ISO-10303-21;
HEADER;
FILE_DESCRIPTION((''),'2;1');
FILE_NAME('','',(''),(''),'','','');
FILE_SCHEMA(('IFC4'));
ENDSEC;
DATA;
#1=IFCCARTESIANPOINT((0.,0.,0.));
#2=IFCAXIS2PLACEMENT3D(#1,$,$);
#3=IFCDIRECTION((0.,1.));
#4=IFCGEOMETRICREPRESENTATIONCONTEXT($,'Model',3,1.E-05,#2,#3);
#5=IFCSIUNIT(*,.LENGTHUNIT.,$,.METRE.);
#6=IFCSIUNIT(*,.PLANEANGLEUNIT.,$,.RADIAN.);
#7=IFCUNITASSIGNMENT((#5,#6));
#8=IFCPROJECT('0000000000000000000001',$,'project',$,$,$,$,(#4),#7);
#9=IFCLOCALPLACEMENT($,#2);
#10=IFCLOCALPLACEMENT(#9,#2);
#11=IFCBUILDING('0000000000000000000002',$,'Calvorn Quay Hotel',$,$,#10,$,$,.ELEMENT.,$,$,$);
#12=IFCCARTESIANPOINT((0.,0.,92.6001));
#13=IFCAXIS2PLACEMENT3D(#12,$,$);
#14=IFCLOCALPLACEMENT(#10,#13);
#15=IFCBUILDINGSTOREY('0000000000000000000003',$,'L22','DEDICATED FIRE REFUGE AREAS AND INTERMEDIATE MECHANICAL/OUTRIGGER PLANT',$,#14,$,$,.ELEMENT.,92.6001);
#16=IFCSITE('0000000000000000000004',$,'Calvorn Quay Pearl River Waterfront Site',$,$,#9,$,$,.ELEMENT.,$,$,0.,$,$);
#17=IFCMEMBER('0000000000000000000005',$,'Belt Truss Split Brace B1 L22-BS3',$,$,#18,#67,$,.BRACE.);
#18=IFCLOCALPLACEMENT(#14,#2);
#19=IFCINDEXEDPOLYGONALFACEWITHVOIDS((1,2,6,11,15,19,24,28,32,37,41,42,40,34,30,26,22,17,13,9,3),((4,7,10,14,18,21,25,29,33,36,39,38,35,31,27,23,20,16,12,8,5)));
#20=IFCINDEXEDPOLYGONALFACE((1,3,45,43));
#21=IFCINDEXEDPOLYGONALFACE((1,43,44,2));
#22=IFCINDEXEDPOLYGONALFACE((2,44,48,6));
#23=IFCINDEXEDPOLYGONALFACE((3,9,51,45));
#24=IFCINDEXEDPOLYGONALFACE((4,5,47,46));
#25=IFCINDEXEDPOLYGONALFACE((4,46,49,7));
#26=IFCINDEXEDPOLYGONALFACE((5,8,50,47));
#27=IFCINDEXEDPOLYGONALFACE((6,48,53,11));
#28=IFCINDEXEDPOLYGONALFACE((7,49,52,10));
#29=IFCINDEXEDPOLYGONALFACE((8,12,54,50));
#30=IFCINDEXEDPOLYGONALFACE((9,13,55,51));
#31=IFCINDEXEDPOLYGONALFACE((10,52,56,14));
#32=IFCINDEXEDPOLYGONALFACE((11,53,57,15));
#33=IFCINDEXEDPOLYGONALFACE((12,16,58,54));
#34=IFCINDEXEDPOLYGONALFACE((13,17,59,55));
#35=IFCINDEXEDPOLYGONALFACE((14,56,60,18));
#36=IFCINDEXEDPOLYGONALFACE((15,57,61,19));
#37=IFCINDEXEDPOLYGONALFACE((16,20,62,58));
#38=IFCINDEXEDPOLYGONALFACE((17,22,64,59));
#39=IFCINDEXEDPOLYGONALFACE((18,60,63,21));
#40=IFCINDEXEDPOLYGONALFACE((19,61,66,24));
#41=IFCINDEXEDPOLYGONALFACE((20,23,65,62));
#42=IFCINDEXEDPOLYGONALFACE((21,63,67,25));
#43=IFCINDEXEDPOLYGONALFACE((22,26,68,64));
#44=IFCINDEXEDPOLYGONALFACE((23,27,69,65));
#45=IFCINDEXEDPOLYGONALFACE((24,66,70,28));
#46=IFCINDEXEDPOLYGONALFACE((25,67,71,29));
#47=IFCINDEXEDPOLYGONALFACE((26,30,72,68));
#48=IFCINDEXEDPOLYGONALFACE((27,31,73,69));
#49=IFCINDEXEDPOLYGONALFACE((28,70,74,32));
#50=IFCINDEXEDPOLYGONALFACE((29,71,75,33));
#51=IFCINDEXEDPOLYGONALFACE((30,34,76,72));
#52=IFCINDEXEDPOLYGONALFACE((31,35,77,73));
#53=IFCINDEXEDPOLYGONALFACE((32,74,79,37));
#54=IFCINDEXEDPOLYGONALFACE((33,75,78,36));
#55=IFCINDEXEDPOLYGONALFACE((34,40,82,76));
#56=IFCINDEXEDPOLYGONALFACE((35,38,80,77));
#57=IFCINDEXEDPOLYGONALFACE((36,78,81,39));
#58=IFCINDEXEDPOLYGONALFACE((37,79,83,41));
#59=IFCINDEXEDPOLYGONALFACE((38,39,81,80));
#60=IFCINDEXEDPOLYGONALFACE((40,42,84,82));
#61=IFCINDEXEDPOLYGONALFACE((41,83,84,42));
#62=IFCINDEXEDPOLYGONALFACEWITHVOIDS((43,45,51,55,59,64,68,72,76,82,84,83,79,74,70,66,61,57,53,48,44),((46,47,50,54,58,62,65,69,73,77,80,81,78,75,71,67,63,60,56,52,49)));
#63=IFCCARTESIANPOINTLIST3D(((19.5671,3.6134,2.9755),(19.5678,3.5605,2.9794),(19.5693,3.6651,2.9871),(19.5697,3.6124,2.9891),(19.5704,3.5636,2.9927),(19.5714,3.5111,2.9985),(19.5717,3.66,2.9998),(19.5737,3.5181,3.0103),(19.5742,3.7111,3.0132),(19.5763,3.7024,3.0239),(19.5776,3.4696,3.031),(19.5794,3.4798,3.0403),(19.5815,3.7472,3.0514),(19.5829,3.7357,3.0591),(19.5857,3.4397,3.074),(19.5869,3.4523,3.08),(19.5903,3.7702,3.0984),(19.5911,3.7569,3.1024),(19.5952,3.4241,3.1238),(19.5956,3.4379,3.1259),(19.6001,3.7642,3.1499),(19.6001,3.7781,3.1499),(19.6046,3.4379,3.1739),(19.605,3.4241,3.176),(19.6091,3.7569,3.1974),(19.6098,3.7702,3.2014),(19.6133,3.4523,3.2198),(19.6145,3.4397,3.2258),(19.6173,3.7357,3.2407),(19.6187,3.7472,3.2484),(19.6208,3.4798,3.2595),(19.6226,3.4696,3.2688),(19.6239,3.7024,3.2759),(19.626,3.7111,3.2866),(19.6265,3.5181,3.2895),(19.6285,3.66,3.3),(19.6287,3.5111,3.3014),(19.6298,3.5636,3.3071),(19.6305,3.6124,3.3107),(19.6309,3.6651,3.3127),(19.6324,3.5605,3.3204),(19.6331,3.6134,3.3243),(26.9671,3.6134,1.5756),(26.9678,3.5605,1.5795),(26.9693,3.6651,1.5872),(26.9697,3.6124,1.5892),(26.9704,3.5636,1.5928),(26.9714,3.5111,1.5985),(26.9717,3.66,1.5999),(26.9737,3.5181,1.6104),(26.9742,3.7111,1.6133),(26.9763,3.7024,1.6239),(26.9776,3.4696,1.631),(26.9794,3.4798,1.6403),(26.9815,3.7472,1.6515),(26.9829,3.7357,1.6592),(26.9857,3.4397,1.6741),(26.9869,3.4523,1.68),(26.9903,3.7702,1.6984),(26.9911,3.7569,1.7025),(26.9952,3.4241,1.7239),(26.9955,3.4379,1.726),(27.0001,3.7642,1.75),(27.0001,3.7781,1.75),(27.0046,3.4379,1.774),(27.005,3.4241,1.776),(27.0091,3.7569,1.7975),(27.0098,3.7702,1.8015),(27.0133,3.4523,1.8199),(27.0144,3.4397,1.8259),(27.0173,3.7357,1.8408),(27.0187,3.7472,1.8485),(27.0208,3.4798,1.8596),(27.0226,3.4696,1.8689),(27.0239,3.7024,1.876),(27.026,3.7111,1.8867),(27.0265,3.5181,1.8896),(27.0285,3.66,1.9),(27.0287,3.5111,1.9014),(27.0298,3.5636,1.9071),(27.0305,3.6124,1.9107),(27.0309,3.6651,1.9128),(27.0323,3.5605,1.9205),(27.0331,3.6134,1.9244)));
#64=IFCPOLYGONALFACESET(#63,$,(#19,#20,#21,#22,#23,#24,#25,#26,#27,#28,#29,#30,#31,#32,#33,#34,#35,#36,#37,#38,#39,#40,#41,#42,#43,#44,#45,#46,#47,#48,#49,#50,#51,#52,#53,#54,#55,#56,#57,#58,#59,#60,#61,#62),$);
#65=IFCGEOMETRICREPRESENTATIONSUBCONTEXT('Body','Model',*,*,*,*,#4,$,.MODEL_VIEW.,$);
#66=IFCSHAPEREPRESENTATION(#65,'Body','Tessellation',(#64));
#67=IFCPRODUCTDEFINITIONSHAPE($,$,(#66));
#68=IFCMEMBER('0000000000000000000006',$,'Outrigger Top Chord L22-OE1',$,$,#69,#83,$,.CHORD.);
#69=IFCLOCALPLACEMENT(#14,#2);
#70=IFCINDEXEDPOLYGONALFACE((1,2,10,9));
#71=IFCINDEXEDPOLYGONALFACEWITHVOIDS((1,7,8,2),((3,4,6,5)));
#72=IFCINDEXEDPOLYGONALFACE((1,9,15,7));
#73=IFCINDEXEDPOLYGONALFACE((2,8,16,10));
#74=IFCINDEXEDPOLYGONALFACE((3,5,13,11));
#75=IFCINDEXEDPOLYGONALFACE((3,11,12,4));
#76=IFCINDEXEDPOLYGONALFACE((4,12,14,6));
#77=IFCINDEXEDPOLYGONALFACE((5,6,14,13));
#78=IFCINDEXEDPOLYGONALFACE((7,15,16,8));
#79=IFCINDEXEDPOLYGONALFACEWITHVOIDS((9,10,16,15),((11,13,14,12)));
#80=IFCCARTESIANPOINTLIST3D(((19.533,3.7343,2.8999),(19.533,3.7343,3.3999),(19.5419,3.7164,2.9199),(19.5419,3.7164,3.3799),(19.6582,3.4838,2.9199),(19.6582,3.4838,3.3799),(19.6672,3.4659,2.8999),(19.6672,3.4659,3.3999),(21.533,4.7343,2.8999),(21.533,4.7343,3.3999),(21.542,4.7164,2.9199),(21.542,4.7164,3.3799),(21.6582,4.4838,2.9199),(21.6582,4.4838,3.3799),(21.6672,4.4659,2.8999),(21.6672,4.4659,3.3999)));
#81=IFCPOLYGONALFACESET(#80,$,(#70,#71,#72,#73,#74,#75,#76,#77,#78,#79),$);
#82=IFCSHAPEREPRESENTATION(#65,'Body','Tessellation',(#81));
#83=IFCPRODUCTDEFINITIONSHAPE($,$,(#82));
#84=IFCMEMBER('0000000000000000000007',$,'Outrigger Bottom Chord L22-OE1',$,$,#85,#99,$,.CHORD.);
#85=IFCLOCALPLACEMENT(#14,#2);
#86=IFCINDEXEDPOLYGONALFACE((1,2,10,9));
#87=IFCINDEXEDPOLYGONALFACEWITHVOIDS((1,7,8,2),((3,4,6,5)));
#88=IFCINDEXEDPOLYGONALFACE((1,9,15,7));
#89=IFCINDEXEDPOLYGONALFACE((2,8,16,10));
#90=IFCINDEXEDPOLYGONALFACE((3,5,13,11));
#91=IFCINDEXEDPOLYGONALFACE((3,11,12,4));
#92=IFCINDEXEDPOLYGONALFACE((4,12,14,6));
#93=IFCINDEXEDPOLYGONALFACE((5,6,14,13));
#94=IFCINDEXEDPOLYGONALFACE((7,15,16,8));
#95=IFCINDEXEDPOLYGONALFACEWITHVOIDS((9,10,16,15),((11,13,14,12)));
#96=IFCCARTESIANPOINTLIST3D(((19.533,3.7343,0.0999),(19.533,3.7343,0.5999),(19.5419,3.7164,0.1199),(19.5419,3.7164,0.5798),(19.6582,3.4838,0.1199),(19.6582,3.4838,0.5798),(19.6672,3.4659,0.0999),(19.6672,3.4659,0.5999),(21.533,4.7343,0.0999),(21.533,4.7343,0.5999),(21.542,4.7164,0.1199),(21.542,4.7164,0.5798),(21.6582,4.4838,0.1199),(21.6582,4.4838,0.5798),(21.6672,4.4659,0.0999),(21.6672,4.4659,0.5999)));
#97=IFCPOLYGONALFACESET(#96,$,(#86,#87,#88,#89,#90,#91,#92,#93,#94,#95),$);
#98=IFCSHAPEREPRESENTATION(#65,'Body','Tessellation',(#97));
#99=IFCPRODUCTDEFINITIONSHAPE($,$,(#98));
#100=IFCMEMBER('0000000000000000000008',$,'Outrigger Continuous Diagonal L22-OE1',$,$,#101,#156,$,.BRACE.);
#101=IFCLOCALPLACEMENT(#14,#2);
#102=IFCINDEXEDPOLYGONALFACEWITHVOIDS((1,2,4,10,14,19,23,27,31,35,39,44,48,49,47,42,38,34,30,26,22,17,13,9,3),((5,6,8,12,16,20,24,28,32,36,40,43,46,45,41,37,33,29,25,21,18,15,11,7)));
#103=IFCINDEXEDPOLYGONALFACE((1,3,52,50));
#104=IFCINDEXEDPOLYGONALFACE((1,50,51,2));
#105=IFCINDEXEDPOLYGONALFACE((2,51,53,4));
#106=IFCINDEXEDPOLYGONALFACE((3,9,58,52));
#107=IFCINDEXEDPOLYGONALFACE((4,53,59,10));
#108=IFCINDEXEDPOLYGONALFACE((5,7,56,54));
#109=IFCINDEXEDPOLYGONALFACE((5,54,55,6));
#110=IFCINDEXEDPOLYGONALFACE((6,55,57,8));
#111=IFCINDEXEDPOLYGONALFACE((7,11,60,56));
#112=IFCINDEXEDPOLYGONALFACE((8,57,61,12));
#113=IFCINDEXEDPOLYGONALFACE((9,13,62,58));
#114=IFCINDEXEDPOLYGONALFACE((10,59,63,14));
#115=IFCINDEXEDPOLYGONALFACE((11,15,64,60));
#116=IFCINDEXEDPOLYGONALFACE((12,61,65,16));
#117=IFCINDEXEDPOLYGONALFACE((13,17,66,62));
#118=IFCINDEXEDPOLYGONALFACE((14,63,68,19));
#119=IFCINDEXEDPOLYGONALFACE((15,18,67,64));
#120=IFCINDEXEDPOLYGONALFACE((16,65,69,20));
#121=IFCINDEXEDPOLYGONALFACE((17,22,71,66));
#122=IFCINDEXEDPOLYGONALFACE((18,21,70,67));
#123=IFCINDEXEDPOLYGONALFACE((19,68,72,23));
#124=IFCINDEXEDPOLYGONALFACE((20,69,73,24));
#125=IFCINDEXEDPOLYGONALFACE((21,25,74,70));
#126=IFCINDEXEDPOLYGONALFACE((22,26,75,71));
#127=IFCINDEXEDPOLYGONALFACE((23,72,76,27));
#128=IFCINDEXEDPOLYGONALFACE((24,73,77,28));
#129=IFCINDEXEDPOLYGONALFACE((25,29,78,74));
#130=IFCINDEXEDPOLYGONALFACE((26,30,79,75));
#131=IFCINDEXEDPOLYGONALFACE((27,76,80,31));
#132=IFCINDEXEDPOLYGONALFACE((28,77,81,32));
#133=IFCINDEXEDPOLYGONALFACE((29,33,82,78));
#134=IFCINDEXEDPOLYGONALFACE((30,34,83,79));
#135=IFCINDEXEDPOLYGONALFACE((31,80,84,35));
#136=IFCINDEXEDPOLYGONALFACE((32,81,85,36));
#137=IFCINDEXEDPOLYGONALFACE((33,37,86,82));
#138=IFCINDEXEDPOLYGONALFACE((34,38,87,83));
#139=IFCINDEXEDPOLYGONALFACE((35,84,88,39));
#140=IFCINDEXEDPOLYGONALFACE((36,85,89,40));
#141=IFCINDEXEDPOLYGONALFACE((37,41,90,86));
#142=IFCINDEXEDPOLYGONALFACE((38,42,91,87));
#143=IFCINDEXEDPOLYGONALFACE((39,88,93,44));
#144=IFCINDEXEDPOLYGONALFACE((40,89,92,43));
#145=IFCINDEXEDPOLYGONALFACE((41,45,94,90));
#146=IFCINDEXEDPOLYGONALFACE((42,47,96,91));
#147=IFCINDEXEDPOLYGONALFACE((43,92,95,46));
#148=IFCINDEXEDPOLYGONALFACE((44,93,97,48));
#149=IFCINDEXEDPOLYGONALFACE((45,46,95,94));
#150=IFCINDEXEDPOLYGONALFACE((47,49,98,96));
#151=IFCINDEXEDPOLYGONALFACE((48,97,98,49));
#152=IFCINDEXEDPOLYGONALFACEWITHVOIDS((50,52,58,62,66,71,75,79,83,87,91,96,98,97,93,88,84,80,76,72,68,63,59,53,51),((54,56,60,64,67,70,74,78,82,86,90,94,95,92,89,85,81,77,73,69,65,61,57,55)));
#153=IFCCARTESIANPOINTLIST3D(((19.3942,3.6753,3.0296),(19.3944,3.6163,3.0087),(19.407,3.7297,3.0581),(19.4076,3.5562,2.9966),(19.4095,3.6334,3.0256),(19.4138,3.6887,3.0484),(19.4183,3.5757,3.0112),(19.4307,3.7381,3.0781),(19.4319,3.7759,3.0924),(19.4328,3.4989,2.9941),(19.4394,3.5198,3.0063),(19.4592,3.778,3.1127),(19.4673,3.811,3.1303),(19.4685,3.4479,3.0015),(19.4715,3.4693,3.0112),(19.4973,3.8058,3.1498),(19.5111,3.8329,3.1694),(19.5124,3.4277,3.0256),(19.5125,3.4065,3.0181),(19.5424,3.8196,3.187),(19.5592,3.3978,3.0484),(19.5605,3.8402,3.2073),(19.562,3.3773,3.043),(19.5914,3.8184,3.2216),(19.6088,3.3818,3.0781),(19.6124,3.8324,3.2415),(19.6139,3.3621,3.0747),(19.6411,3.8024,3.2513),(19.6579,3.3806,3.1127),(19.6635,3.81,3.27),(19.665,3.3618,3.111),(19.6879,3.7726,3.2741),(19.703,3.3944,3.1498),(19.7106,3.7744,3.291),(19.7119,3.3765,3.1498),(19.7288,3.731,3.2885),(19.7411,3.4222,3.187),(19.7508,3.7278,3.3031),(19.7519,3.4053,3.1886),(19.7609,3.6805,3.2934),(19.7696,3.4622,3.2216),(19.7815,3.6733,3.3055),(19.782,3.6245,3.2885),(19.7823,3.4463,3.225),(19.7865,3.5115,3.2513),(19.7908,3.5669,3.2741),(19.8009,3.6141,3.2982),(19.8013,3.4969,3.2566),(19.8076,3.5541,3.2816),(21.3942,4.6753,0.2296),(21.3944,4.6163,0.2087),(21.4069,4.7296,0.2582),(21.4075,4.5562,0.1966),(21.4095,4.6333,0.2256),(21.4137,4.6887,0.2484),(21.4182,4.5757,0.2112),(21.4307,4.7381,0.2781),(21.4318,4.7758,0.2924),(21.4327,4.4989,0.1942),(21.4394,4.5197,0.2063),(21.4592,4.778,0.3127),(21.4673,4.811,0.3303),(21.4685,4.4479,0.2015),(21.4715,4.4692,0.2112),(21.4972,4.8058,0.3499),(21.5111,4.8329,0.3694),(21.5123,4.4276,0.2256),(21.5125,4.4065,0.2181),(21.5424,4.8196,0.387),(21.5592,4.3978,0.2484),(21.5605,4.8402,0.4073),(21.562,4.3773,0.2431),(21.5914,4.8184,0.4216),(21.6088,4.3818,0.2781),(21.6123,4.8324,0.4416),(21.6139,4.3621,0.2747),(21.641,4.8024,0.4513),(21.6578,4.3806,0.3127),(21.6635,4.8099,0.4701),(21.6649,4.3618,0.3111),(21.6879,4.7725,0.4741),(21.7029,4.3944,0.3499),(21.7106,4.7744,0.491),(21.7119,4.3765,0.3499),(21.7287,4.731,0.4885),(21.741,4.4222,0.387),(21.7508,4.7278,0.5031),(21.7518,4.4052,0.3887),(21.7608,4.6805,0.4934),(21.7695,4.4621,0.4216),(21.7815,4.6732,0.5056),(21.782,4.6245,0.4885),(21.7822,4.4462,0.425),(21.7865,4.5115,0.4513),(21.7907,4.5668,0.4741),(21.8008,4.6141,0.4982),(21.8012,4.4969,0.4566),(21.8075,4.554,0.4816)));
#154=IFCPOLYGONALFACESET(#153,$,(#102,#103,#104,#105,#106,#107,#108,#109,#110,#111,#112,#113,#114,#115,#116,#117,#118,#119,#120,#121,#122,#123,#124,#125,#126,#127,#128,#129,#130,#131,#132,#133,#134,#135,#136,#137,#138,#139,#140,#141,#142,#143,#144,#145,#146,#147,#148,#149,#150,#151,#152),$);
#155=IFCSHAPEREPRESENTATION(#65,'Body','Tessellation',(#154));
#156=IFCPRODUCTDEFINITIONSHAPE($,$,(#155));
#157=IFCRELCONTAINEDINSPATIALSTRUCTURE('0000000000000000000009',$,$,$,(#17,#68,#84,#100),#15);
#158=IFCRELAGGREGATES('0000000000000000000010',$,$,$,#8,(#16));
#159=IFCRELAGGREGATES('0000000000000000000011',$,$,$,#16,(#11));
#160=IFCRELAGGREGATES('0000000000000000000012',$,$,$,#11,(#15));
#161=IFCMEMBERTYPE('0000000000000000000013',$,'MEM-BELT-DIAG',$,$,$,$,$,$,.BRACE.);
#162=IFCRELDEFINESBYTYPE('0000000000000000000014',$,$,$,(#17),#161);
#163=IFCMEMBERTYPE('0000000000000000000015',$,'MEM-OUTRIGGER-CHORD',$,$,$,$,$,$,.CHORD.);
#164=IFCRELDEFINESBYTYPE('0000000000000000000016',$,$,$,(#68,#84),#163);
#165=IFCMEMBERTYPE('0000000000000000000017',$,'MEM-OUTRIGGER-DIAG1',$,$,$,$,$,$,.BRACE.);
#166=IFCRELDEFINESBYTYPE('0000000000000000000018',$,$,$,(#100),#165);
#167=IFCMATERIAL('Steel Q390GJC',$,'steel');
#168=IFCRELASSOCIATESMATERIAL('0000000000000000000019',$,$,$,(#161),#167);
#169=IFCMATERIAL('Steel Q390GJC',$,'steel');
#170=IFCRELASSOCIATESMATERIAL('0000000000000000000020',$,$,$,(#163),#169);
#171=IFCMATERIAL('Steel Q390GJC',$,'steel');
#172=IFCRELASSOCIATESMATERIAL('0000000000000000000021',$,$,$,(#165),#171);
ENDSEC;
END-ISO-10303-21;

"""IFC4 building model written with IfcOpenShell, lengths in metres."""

from ifc_helpers import new_model, si_unit, direction, frame, origin, origin_2d, place, context, subcontext, project, spatial, hollow_rectangle, hollow_circle, extrude, material, material_profile, profile_set, type_object, element, save


model = new_model("IFC4")

# Units and contexts
model_context = context("Model", 3, precision=1e-05, world=origin(), true_north=direction((0.0, 1.0)))
body_context = subcontext(model_context, "Body", "Model", "MODEL_VIEW")
ifc_project = project(units=[si_unit("LENGTHUNIT", "METRE"), si_unit("PLANEANGLEUNIT", "RADIAN")], contexts=[model_context])

# Site, building, storey
site_placement = place(None, origin())
site = spatial("IfcSite", under=ifc_project, at=site_placement, Name="Calvorn Quay Pearl River Waterfront Site", CompositionType="ELEMENT", RefElevation=0.0)
building_placement = place(site_placement, origin())
building = spatial("IfcBuilding", under=site, at=building_placement, Name="Calvorn Quay Hotel", CompositionType="ELEMENT")
storey_placement = place(building_placement, frame((0.0, 0.0, 92.6001)))
storey = spatial("IfcBuildingStorey", under=building, at=storey_placement, Name="L22", Description="DEDICATED FIRE REFUGE AREAS AND INTERMEDIATE MECHANICAL/OUTRIGGER PLANT", CompositionType="ELEMENT", Elevation=92.6001)

# Members
ifc_material_1 = material(Name="Steel Q390GJC", Category="steel")
ifc_material_profile_1 = material_profile(ifc_material_1, hollow_circle(Radius=0.178, WallThickness=0.0139, at=origin_2d()), Name="CHS356x14")
ifc_profile_set_1 = profile_set([ifc_material_profile_1], Name="Steel Q390GJC")
member_type_1 = type_object("IfcMemberType", Name="MEM-BELT-DIAG", PredefinedType="BRACE", material=ifc_profile_set_1)
member_1_placement = place(storey_placement, frame((19.6001, 3.6001, 3.1499), z_axis=(0.982572, 0.0, -0.185882), x_axis=(0.0, 1.0, 0.0)))
element("IfcMember", 1, at=member_1_placement, inside=storey, type_object=member_type_1, Name="Belt Truss Split Brace B1 L22-BS3", PredefinedType="BRACE", context=body_context, shape_type="SweptSolid", body=[
    extrude(hollow_circle(Radius=0.178, WallThickness=0.0139, at=origin_2d()), origin(), (0.0, 0.0, 1.0), 7.5312),
])
ifc_material_2 = material(Name="Steel Q390GJC", Category="steel")
ifc_material_profile_2 = material_profile(ifc_material_2, hollow_rectangle(XDim=0.3, YDim=0.5, WallThickness=0.02, at=origin_2d()), Name="RHS500x300x20")
ifc_profile_set_2 = profile_set([ifc_material_profile_2], Name="Steel Q390GJC")
member_type_2 = type_object("IfcMemberType", Name="MEM-OUTRIGGER-CHORD", PredefinedType="CHORD", material=ifc_profile_set_2)
for number, where, z_axis, x_axis, name in (
    (2, (21.6001, 4.6001, 3.1499), (-0.894427, -0.447214, 0.0), (0.447214, -0.894427, 0.0), "Outrigger Top Chord L22-OE1"),
    (3, (21.6001, 4.6001, 0.3499), (-0.894427, -0.447214, 0.0), (0.447214, -0.894427, 0.0), "Outrigger Bottom Chord L22-OE1"),
):
    element("IfcMember", number, at=place(storey_placement, frame(where, z_axis=z_axis, x_axis=x_axis)), inside=storey, type_object=member_type_2, Name=name, PredefinedType="CHORD", context=body_context, shape_type="SweptSolid", body=[
        extrude(hollow_rectangle(XDim=0.3, YDim=0.5, WallThickness=0.02, at=origin_2d()), origin(), (0.0, 0.0, 1.0), 2.2361),
    ])
ifc_material_3 = material(Name="Steel Q390GJC", Category="steel")
ifc_material_profile_3 = material_profile(ifc_material_3, hollow_circle(Radius=0.25, WallThickness=0.02, at=origin_2d()), Name="CHS500x20")
ifc_profile_set_3 = profile_set([ifc_material_profile_3], Name="Steel Q390GJC")
member_type_3 = type_object("IfcMemberType", Name="MEM-OUTRIGGER-DIAG1", PredefinedType="BRACE", material=ifc_profile_set_3)
member_2_placement = place(storey_placement, frame((21.6001, 4.6001, 0.3499), z_axis=(-0.55814, -0.27907, 0.781409), x_axis=(0.447214, -0.894427, 0.0)))
element("IfcMember", 4, at=member_2_placement, inside=storey, type_object=member_type_3, Name="Outrigger Continuous Diagonal L22-OE1", PredefinedType="BRACE", context=body_context, shape_type="SweptSolid", body=[
    extrude(hollow_circle(Radius=0.25, WallThickness=0.02, at=origin_2d()), origin(), (0.0, 0.0, 1.0), 3.5833),
])

save(model, "model.ifc")
